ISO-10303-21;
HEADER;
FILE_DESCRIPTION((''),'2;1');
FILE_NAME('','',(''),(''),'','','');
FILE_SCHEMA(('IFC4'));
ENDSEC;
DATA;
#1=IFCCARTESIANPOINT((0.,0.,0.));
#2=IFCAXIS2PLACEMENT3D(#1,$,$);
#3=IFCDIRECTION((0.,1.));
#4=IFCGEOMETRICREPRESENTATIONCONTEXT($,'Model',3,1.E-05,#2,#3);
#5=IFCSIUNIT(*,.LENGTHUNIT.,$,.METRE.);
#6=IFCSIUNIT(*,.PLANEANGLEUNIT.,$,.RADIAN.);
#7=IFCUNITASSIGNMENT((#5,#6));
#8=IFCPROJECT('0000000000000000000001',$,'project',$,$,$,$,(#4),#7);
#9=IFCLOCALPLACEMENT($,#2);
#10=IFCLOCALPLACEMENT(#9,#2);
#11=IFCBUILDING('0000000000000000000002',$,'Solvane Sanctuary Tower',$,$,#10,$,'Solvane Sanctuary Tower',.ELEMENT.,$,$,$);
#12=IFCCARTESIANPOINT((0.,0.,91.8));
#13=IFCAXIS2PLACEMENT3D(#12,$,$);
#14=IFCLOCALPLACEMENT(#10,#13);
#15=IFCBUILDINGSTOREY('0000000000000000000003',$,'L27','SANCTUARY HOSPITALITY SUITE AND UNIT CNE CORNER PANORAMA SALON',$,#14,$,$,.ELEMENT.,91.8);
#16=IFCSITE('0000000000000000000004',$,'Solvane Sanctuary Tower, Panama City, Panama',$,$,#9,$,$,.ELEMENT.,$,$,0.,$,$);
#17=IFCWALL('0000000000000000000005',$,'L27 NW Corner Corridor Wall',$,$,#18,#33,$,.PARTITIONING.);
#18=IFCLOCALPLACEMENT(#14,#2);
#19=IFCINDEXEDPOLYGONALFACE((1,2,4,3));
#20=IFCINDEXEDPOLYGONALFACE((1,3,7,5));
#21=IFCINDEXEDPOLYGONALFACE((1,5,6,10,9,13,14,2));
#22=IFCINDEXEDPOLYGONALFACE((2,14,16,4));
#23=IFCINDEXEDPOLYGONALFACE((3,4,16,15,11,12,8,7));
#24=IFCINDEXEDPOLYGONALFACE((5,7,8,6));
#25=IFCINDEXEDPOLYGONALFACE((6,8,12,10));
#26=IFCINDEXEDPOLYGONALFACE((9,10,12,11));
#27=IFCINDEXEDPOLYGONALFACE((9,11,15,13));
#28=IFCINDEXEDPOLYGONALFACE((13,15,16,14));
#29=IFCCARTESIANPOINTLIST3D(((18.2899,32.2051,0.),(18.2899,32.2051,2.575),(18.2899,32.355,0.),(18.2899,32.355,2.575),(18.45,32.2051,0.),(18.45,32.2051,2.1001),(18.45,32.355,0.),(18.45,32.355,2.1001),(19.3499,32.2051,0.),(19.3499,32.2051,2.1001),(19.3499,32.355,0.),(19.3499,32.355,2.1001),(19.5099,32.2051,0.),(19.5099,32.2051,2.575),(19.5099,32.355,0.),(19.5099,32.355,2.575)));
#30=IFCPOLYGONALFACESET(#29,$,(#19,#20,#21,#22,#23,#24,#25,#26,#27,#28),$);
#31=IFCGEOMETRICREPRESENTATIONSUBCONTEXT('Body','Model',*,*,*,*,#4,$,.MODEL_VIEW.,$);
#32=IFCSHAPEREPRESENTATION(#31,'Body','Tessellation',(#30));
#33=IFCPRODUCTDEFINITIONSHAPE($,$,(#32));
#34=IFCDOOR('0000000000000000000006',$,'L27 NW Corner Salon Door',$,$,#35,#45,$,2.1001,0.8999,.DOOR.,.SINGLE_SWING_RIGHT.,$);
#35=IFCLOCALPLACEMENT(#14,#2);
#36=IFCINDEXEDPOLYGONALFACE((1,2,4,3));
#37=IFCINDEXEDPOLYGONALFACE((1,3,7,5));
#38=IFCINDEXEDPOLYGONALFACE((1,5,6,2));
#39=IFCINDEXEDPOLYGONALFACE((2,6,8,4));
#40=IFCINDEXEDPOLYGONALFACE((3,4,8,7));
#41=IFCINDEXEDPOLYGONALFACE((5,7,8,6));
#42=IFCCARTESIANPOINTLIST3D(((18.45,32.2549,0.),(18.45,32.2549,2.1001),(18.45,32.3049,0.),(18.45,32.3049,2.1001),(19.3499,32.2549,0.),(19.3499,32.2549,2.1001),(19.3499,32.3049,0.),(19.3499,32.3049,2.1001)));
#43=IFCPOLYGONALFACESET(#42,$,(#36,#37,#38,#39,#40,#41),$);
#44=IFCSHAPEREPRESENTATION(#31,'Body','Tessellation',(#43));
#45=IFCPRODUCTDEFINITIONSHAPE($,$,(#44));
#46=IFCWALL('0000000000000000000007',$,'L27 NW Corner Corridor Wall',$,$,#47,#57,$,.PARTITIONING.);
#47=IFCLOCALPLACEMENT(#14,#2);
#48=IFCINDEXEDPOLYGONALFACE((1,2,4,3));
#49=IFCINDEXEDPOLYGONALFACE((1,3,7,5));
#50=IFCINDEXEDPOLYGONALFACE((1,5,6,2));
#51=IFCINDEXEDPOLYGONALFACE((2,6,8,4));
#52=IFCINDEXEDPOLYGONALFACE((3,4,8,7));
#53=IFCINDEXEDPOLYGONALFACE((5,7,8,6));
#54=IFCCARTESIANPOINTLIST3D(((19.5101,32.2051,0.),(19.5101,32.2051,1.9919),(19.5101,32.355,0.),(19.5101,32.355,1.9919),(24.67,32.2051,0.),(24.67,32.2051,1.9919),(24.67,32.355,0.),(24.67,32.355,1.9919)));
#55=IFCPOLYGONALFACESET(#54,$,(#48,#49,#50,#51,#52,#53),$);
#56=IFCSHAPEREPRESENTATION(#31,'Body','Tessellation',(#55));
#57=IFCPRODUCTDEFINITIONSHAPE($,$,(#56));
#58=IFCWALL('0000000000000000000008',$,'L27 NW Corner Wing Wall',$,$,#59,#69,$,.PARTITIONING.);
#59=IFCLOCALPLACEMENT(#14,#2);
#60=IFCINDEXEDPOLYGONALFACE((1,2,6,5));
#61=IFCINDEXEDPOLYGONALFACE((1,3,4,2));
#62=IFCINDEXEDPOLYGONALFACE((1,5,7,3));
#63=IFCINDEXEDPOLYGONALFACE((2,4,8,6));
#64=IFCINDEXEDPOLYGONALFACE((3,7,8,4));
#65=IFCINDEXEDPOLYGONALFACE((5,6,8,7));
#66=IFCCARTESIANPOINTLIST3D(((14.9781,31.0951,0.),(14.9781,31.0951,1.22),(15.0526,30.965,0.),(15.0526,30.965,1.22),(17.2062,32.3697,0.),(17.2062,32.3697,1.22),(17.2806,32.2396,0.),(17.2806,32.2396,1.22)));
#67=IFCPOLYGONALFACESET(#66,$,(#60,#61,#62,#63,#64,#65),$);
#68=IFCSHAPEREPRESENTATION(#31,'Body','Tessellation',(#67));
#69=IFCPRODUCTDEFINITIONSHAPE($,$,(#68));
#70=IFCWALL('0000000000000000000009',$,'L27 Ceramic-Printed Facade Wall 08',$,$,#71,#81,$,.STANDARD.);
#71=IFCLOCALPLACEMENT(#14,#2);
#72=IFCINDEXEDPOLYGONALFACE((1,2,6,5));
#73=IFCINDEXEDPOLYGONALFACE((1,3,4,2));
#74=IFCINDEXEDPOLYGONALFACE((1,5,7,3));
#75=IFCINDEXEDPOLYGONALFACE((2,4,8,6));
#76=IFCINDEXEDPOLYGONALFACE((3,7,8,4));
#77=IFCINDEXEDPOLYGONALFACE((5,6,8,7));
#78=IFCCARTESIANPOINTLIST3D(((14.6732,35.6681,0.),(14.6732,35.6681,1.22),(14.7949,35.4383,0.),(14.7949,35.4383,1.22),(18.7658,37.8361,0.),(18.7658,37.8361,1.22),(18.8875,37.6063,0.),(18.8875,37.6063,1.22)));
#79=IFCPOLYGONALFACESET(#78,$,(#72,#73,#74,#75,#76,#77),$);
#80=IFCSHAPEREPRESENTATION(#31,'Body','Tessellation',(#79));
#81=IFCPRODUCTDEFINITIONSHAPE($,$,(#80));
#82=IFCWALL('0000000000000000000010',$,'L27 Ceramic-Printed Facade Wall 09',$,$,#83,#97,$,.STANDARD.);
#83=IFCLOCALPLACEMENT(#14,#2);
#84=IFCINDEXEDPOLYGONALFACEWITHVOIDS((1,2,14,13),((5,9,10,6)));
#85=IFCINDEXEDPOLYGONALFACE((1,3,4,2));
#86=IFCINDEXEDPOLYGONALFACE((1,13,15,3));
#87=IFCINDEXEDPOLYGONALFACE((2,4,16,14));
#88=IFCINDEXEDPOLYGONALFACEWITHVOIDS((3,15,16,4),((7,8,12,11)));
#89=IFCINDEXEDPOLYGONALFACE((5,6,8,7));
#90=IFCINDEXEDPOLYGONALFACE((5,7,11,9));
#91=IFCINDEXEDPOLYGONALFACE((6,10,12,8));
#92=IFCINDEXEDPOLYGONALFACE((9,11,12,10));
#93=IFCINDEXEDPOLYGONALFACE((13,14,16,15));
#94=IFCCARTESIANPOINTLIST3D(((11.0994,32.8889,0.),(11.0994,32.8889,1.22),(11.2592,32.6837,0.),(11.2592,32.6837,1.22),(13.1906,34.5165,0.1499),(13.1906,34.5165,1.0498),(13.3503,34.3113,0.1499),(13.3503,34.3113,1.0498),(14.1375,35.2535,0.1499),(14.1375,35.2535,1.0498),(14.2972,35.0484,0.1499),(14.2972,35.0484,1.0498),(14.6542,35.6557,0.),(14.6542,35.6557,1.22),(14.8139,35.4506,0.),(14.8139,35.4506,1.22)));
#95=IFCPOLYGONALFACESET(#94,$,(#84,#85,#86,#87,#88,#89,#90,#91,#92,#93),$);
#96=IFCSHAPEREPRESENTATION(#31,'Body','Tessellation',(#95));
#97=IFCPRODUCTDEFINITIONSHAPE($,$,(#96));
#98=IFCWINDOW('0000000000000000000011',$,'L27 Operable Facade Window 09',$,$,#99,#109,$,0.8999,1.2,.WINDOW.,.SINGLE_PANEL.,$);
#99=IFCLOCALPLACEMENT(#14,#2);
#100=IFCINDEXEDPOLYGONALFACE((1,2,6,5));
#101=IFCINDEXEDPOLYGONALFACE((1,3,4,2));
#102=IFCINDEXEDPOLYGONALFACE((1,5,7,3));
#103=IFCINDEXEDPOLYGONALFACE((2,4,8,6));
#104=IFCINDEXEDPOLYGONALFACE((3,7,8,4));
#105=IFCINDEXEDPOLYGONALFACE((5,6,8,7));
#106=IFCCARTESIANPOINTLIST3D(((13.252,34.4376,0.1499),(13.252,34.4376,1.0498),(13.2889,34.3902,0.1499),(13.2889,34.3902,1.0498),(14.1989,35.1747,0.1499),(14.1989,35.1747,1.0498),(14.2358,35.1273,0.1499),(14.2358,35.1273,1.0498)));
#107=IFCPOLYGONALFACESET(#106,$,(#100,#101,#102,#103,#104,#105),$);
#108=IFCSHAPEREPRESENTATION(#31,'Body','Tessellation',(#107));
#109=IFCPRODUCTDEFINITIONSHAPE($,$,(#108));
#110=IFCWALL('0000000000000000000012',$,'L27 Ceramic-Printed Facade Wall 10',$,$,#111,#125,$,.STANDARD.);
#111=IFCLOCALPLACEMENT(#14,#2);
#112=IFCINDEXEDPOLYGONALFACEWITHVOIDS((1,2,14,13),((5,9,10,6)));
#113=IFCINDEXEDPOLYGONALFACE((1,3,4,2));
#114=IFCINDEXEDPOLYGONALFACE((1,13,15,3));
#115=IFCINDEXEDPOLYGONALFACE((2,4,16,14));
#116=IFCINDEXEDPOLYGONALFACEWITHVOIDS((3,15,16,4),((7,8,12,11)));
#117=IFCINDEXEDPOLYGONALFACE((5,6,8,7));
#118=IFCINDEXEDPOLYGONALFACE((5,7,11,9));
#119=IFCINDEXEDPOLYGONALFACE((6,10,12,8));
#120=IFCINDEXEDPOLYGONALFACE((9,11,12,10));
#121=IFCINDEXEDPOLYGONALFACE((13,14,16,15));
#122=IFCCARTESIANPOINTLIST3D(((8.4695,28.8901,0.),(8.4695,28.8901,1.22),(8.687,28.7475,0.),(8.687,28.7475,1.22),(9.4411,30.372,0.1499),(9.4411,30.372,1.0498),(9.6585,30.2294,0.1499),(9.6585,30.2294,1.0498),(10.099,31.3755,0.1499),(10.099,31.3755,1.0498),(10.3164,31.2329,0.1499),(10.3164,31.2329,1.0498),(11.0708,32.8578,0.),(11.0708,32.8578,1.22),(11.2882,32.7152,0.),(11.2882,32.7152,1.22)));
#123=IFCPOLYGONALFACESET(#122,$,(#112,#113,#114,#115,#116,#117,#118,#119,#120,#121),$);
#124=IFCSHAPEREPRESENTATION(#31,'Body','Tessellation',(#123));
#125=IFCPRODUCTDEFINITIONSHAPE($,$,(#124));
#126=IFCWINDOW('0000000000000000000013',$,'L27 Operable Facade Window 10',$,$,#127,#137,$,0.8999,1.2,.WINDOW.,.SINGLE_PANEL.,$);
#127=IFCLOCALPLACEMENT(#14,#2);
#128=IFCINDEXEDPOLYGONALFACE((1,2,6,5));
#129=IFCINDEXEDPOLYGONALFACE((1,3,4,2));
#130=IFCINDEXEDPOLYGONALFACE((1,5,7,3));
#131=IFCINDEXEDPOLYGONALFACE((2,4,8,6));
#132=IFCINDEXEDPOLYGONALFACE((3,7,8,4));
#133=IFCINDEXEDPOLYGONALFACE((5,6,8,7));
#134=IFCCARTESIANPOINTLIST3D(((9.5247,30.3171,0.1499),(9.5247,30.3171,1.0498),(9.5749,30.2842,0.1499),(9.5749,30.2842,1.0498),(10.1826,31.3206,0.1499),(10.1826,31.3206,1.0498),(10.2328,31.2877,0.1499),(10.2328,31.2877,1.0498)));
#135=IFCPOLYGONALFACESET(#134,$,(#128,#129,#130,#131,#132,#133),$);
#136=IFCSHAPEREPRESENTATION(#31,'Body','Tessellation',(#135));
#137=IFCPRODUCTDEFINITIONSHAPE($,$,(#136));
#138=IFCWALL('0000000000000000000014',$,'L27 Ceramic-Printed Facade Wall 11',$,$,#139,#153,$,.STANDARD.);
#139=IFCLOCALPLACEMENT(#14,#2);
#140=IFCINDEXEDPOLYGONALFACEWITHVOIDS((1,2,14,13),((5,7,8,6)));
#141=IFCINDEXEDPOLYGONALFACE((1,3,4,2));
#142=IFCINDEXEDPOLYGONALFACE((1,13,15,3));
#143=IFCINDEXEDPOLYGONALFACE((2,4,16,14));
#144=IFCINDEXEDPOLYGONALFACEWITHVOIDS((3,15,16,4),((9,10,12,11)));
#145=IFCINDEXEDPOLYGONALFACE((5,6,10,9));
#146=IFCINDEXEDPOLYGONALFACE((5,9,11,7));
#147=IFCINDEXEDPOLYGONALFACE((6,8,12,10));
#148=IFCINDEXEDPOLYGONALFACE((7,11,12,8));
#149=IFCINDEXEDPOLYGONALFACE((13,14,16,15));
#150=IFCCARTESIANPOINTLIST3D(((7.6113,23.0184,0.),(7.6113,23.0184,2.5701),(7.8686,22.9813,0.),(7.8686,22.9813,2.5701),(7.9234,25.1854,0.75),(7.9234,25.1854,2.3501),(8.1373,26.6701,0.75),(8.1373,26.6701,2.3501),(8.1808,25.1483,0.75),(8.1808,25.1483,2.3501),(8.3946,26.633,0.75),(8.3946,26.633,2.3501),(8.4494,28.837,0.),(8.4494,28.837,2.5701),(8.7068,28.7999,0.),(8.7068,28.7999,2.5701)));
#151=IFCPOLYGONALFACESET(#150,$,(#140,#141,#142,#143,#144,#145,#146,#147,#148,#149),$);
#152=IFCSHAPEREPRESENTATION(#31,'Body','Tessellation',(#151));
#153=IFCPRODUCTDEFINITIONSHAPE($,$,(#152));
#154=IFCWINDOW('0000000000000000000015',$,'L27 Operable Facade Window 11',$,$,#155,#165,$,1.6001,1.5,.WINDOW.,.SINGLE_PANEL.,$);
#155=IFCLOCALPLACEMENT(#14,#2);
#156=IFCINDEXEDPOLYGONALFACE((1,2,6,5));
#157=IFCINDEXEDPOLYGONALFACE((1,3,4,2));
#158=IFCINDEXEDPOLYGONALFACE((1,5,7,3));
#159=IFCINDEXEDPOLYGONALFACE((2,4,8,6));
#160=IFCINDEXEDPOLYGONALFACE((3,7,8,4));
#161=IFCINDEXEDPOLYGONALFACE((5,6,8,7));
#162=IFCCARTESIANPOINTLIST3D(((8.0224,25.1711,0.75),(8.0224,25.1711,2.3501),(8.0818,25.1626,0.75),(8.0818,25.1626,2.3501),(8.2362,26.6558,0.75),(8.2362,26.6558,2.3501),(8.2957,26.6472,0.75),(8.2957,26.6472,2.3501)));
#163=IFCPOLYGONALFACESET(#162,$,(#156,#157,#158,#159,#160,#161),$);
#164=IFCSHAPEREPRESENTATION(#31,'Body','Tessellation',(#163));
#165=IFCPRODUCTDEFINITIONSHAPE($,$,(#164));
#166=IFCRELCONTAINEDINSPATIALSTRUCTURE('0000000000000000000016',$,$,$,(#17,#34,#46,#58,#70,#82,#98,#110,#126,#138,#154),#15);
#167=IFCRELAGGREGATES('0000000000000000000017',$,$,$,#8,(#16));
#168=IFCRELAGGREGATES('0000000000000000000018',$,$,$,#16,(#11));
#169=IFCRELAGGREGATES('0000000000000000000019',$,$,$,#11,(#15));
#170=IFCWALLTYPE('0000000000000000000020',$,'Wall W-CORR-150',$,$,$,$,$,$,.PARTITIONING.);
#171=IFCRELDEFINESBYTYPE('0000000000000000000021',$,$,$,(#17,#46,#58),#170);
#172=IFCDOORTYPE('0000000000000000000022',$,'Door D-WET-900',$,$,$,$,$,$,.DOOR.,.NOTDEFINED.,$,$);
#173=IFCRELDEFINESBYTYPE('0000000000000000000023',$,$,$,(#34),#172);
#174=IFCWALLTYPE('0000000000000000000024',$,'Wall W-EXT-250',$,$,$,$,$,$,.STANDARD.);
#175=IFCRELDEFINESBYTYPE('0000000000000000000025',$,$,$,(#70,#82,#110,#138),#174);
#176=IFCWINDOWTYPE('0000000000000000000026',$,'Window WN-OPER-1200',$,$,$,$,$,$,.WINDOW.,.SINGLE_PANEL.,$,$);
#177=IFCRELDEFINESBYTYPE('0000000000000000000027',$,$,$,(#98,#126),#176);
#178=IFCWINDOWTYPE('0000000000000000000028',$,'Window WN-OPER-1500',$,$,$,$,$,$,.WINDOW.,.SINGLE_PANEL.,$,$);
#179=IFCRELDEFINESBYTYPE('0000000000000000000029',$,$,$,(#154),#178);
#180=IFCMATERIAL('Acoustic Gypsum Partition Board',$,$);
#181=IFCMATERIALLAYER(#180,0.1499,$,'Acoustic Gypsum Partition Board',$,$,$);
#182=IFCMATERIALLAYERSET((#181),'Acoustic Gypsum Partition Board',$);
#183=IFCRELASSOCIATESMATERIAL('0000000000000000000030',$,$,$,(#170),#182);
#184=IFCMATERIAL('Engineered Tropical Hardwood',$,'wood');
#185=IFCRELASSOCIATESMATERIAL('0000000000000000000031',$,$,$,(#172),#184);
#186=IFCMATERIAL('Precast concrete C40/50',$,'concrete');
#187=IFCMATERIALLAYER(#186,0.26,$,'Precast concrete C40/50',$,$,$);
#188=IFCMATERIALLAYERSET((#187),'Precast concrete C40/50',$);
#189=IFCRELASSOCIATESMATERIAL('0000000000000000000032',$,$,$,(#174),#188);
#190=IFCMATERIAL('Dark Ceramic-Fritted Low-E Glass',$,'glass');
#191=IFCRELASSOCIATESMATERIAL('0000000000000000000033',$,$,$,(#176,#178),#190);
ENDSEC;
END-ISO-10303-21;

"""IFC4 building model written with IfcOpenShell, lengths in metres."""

from ifc_helpers import new_model, si_unit, direction, frame, frame_2d, origin, place, context, subcontext, project, spatial, rectangle, extrude, material, layer, layer_set, type_object, element, fill, save


model = new_model("IFC4")

# Units and contexts
model_context = context("Model", 3, precision=1e-05, world=origin(), true_north=direction((0.0, 1.0)))
body_context = subcontext(model_context, "Body", "Model", "MODEL_VIEW")
ifc_project = project(units=[si_unit("LENGTHUNIT", "METRE"), si_unit("PLANEANGLEUNIT", "RADIAN")], contexts=[model_context])

# Site, building, storey
site_placement = place(None, origin())
site = spatial("IfcSite", under=ifc_project, at=site_placement, Name="Solvane Sanctuary Tower, Panama City, Panama", CompositionType="ELEMENT", RefElevation=0.0)
building_placement = place(site_placement, origin())
building = spatial("IfcBuilding", under=site, at=building_placement, Name="Solvane Sanctuary Tower", LongName="Solvane Sanctuary Tower", CompositionType="ELEMENT")
storey_placement = place(building_placement, frame((0.0, 0.0, 91.8)))
storey = spatial("IfcBuildingStorey", under=building, at=storey_placement, Name="L27", Description="SANCTUARY HOSPITALITY SUITE AND UNIT CNE CORNER PANORAMA SALON", CompositionType="ELEMENT", Elevation=91.8)

# Shared definitions
ifc_material_1 = material(Name="Acoustic Gypsum Partition Board")
ifc_layer_1 = layer(ifc_material_1, 0.1499, Name="Acoustic Gypsum Partition Board")
ifc_layer_set_1 = layer_set([ifc_layer_1], Name="Acoustic Gypsum Partition Board")
wall_type_1 = type_object("IfcWallType", Name="Wall W-CORR-150", PredefinedType="PARTITIONING", material=ifc_layer_set_1)

# Wall, opening, door
wall_1_placement = place(storey_placement, frame((18.29, 32.28, 0.0), z_axis=(0.0, 0.0, 1.0), x_axis=(1.0, 0.0, 0.0)))
wall_1 = element("IfcWall", 1, at=wall_1_placement, inside=storey, type_object=wall_type_1, Name="L27 NW Corner Corridor Wall", PredefinedType="PARTITIONING", context=body_context, shape_type="SweptSolid", body=[
    extrude(rectangle(XDim=1.22, YDim=0.1499, at=frame_2d((0.6099, 0.0))), origin(), (0.0, 0.0, 1.0), 2.575),
])
opening_1_placement = place(wall_1_placement, frame((0.1599, 0.0, 0.0)))
opening_1 = element("IfcOpeningElement", 2, at=opening_1_placement, cuts=wall_1, PredefinedType="OPENING", context=body_context, shape_type="SweptSolid", body=[
    extrude(rectangle(XDim=0.8999, YDim=2.1001, at=frame_2d((0.45, 1.05))), frame((0.0, 0.085, 0.0), z_axis=(0.0, -1.0, 0.0), x_axis=(1.0, 0.0, 0.0)), (0.0, 0.0, 1.0), 0.1699),
])
ifc_material_2 = material(Name="Engineered Tropical Hardwood", Category="wood")
door_type_1 = type_object("IfcDoorType", Name="Door D-WET-900", OperationType="NOTDEFINED", PredefinedType="DOOR", material=ifc_material_2)
door_1_placement = place(opening_1_placement, origin())
door_1 = element("IfcDoor", 3, at=door_1_placement, inside=storey, type_object=door_type_1, Name="L27 NW Corner Salon Door", OperationType="SINGLE_SWING_RIGHT", OverallHeight=2.1001, OverallWidth=0.8999, PredefinedType="DOOR", context=body_context, shape_type="SweptSolid", body=[
    extrude(rectangle(XDim=0.8999, YDim=2.1001, at=frame_2d((0.45, 1.05))), frame((0.0, 0.0249, 0.0), z_axis=(0.0, -1.0, 0.0), x_axis=(1.0, 0.0, 0.0)), (0.0, 0.0, 1.0), 0.05),
])
fill(opening_1, door_1)

# Walls
wall_2_placement = place(storey_placement, frame((19.51, 32.28, 0.0), z_axis=(0.0, 0.0, 1.0), x_axis=(1.0, 0.0, 0.0)))
element("IfcWall", 4, at=wall_2_placement, inside=storey, type_object=wall_type_1, Name="L27 NW Corner Corridor Wall", PredefinedType="PARTITIONING", context=body_context, shape_type="SweptSolid", body=[
    extrude(rectangle(XDim=5.1599, YDim=0.1499, at=frame_2d((2.5801, 0.0))), origin(), (0.0, 0.0, 1.0), 1.9919),
])
wall_3_placement = place(storey_placement, frame((17.2434, 32.3047, 0.0), z_axis=(0.0, 0.0, 1.0), x_axis=(-0.867991, -0.496579, 0.0)))
element("IfcWall", 5, at=wall_3_placement, inside=storey, type_object=wall_type_1, Name="L27 NW Corner Wing Wall", PredefinedType="PARTITIONING", context=body_context, shape_type="SweptSolid", body=[
    extrude(rectangle(XDim=2.5669, YDim=0.1499, at=frame_2d((1.2834, 0.0))), origin(), (0.0, 0.0, 1.0), 1.22),
])
ifc_material_3 = material(Name="Precast concrete C40/50", Category="concrete")
ifc_layer_2 = layer(ifc_material_3, 0.26, Name="Precast concrete C40/50")
ifc_layer_set_2 = layer_set([ifc_layer_2], Name="Precast concrete C40/50")
wall_type_2 = type_object("IfcWallType", Name="Wall W-EXT-250", PredefinedType="STANDARD", material=ifc_layer_set_2)
wall_4_placement = place(storey_placement, frame((18.8267, 37.7212, 0.0), z_axis=(0.0, 0.0, 1.0), x_axis=(-0.883669, -0.468113, 0.0)))
element("IfcWall", 6, at=wall_4_placement, inside=storey, type_object=wall_type_2, Name="L27 Ceramic-Printed Facade Wall 08", PredefinedType="STANDARD", context=body_context, shape_type="SweptSolid", body=[
    extrude(rectangle(XDim=4.6313, YDim=0.26, at=frame_2d((2.3157, 0.0))), origin(), (0.0, 0.0, 1.0), 1.22),
])

# Walls, openings, windows
wall_5_placement = place(storey_placement, frame((14.7341, 35.5532, 0.0), z_axis=(0.0, 0.0, 1.0), x_axis=(-0.789127, -0.614229, 0.0)))
wall_5 = element("IfcWall", 7, at=wall_5_placement, inside=storey, type_object=wall_type_2, Name="L27 Ceramic-Printed Facade Wall 09", PredefinedType="STANDARD", context=body_context, shape_type="SweptSolid", body=[
    extrude(rectangle(XDim=4.5046, YDim=0.26, at=frame_2d((2.2524, 0.0))), origin(), (0.0, 0.0, 1.0), 1.22),
])
opening_2_placement = place(wall_5_placement, frame((0.6548, 0.0, 0.1499)))
opening_2 = element("IfcOpeningElement", 8, at=opening_2_placement, cuts=wall_5, PredefinedType="OPENING", context=body_context, shape_type="SweptSolid", body=[
    extrude(rectangle(XDim=1.2, YDim=0.8999, at=frame_2d((0.6001, 0.45))), frame((0.0, 0.1399, 0.0), z_axis=(0.0, -1.0, 0.0), x_axis=(1.0, 0.0, 0.0)), (0.0, 0.0, 1.0), 0.28),
])
ifc_material_4 = material(Name="Dark Ceramic-Fritted Low-E Glass", Category="glass")
window_type_1 = type_object("IfcWindowType", Name="Window WN-OPER-1200", PartitioningType="SINGLE_PANEL", PredefinedType="WINDOW", material=ifc_material_4)
window_1_placement = place(opening_2_placement, origin())
window_1 = element("IfcWindow", 9, at=window_1_placement, inside=storey, type_object=window_type_1, Name="L27 Operable Facade Window 09", OverallHeight=0.8999, OverallWidth=1.2, PartitioningType="SINGLE_PANEL", PredefinedType="WINDOW", context=body_context, shape_type="SweptSolid", body=[
    extrude(rectangle(XDim=1.2, YDim=0.8999, at=frame_2d((0.6001, 0.45))), frame((0.0, 0.03, 0.0), z_axis=(0.0, -1.0, 0.0), x_axis=(1.0, 0.0, 0.0)), (0.0, 0.0, 1.0), 0.0601),
])
fill(opening_2, window_1)
wall_6_placement = place(storey_placement, frame((11.1794, 32.7864, 0.0), z_axis=(0.0, 0.0, 1.0), x_axis=(-0.548283, -0.836293, 0.0)))
wall_6 = element("IfcWall", 10, at=wall_6_placement, inside=storey, type_object=wall_type_2, Name="L27 Ceramic-Printed Facade Wall 10", PredefinedType="STANDARD", context=body_context, shape_type="SweptSolid", body=[
    extrude(rectangle(XDim=4.7444, YDim=0.26, at=frame_2d((2.3721, 0.0))), origin(), (0.0, 0.0, 1.0), 1.22),
])
opening_3_placement = place(wall_6_placement, frame((1.7722, 0.0, 0.1499)))
opening_3 = element("IfcOpeningElement", 11, at=opening_3_placement, cuts=wall_6, PredefinedType="OPENING", context=body_context, shape_type="SweptSolid", body=[
    extrude(rectangle(XDim=1.2, YDim=0.8999, at=frame_2d((0.6001, 0.45))), frame((0.0, 0.1399, 0.0), z_axis=(0.0, -1.0, 0.0), x_axis=(1.0, 0.0, 0.0)), (0.0, 0.0, 1.0), 0.28),
])
window_2_placement = place(opening_3_placement, origin())
window_2 = element("IfcWindow", 12, at=window_2_placement, inside=storey, type_object=window_type_1, Name="L27 Operable Facade Window 10", OverallHeight=0.8999, OverallWidth=1.2, PartitioningType="SINGLE_PANEL", PredefinedType="WINDOW", context=body_context, shape_type="SweptSolid", body=[
    extrude(rectangle(XDim=1.2, YDim=0.8999, at=frame_2d((0.6001, 0.45))), frame((0.0, 0.03, 0.0), z_axis=(0.0, -1.0, 0.0), x_axis=(1.0, 0.0, 0.0)), (0.0, 0.0, 1.0), 0.0601),
])
fill(opening_3, window_2)
wall_7_placement = place(storey_placement, frame((8.5781, 28.8186, 0.0), z_axis=(0.0, 0.0, 1.0), x_axis=(-0.142572, -0.989784, 0.0)))
wall_7 = element("IfcWall", 13, at=wall_7_placement, inside=storey, type_object=wall_type_2, Name="L27 Ceramic-Printed Facade Wall 11", PredefinedType="STANDARD", context=body_context, shape_type="SweptSolid", body=[
    extrude(rectangle(XDim=5.8787, YDim=0.26, at=frame_2d((2.9395, 0.0))), origin(), (0.0, 0.0, 1.0), 2.5701),
])
opening_4_placement = place(wall_7_placement, frame((2.1895, 0.0, 0.75)))
opening_4 = element("IfcOpeningElement", 14, at=opening_4_placement, cuts=wall_7, PredefinedType="OPENING", context=body_context, shape_type="SweptSolid", body=[
    extrude(rectangle(XDim=1.5, YDim=1.6001, at=frame_2d((0.75, 0.8))), frame((0.0, 0.1399, 0.0), z_axis=(0.0, -1.0, 0.0), x_axis=(1.0, 0.0, 0.0)), (0.0, 0.0, 1.0), 0.28),
])
window_type_2 = type_object("IfcWindowType", Name="Window WN-OPER-1500", PartitioningType="SINGLE_PANEL", PredefinedType="WINDOW", material=ifc_material_4)
window_3_placement = place(opening_4_placement, origin())
window_3 = element("IfcWindow", 15, at=window_3_placement, inside=storey, type_object=window_type_2, Name="L27 Operable Facade Window 11", OverallHeight=1.6001, OverallWidth=1.5, PartitioningType="SINGLE_PANEL", PredefinedType="WINDOW", context=body_context, shape_type="SweptSolid", body=[
    extrude(rectangle(XDim=1.5, YDim=1.6001, at=frame_2d((0.75, 0.8))), frame((0.0, 0.03, 0.0), z_axis=(0.0, -1.0, 0.0), x_axis=(1.0, 0.0, 0.0)), (0.0, 0.0, 1.0), 0.0601),
])
fill(opening_4, window_3)

save(model, "model.ifc")
